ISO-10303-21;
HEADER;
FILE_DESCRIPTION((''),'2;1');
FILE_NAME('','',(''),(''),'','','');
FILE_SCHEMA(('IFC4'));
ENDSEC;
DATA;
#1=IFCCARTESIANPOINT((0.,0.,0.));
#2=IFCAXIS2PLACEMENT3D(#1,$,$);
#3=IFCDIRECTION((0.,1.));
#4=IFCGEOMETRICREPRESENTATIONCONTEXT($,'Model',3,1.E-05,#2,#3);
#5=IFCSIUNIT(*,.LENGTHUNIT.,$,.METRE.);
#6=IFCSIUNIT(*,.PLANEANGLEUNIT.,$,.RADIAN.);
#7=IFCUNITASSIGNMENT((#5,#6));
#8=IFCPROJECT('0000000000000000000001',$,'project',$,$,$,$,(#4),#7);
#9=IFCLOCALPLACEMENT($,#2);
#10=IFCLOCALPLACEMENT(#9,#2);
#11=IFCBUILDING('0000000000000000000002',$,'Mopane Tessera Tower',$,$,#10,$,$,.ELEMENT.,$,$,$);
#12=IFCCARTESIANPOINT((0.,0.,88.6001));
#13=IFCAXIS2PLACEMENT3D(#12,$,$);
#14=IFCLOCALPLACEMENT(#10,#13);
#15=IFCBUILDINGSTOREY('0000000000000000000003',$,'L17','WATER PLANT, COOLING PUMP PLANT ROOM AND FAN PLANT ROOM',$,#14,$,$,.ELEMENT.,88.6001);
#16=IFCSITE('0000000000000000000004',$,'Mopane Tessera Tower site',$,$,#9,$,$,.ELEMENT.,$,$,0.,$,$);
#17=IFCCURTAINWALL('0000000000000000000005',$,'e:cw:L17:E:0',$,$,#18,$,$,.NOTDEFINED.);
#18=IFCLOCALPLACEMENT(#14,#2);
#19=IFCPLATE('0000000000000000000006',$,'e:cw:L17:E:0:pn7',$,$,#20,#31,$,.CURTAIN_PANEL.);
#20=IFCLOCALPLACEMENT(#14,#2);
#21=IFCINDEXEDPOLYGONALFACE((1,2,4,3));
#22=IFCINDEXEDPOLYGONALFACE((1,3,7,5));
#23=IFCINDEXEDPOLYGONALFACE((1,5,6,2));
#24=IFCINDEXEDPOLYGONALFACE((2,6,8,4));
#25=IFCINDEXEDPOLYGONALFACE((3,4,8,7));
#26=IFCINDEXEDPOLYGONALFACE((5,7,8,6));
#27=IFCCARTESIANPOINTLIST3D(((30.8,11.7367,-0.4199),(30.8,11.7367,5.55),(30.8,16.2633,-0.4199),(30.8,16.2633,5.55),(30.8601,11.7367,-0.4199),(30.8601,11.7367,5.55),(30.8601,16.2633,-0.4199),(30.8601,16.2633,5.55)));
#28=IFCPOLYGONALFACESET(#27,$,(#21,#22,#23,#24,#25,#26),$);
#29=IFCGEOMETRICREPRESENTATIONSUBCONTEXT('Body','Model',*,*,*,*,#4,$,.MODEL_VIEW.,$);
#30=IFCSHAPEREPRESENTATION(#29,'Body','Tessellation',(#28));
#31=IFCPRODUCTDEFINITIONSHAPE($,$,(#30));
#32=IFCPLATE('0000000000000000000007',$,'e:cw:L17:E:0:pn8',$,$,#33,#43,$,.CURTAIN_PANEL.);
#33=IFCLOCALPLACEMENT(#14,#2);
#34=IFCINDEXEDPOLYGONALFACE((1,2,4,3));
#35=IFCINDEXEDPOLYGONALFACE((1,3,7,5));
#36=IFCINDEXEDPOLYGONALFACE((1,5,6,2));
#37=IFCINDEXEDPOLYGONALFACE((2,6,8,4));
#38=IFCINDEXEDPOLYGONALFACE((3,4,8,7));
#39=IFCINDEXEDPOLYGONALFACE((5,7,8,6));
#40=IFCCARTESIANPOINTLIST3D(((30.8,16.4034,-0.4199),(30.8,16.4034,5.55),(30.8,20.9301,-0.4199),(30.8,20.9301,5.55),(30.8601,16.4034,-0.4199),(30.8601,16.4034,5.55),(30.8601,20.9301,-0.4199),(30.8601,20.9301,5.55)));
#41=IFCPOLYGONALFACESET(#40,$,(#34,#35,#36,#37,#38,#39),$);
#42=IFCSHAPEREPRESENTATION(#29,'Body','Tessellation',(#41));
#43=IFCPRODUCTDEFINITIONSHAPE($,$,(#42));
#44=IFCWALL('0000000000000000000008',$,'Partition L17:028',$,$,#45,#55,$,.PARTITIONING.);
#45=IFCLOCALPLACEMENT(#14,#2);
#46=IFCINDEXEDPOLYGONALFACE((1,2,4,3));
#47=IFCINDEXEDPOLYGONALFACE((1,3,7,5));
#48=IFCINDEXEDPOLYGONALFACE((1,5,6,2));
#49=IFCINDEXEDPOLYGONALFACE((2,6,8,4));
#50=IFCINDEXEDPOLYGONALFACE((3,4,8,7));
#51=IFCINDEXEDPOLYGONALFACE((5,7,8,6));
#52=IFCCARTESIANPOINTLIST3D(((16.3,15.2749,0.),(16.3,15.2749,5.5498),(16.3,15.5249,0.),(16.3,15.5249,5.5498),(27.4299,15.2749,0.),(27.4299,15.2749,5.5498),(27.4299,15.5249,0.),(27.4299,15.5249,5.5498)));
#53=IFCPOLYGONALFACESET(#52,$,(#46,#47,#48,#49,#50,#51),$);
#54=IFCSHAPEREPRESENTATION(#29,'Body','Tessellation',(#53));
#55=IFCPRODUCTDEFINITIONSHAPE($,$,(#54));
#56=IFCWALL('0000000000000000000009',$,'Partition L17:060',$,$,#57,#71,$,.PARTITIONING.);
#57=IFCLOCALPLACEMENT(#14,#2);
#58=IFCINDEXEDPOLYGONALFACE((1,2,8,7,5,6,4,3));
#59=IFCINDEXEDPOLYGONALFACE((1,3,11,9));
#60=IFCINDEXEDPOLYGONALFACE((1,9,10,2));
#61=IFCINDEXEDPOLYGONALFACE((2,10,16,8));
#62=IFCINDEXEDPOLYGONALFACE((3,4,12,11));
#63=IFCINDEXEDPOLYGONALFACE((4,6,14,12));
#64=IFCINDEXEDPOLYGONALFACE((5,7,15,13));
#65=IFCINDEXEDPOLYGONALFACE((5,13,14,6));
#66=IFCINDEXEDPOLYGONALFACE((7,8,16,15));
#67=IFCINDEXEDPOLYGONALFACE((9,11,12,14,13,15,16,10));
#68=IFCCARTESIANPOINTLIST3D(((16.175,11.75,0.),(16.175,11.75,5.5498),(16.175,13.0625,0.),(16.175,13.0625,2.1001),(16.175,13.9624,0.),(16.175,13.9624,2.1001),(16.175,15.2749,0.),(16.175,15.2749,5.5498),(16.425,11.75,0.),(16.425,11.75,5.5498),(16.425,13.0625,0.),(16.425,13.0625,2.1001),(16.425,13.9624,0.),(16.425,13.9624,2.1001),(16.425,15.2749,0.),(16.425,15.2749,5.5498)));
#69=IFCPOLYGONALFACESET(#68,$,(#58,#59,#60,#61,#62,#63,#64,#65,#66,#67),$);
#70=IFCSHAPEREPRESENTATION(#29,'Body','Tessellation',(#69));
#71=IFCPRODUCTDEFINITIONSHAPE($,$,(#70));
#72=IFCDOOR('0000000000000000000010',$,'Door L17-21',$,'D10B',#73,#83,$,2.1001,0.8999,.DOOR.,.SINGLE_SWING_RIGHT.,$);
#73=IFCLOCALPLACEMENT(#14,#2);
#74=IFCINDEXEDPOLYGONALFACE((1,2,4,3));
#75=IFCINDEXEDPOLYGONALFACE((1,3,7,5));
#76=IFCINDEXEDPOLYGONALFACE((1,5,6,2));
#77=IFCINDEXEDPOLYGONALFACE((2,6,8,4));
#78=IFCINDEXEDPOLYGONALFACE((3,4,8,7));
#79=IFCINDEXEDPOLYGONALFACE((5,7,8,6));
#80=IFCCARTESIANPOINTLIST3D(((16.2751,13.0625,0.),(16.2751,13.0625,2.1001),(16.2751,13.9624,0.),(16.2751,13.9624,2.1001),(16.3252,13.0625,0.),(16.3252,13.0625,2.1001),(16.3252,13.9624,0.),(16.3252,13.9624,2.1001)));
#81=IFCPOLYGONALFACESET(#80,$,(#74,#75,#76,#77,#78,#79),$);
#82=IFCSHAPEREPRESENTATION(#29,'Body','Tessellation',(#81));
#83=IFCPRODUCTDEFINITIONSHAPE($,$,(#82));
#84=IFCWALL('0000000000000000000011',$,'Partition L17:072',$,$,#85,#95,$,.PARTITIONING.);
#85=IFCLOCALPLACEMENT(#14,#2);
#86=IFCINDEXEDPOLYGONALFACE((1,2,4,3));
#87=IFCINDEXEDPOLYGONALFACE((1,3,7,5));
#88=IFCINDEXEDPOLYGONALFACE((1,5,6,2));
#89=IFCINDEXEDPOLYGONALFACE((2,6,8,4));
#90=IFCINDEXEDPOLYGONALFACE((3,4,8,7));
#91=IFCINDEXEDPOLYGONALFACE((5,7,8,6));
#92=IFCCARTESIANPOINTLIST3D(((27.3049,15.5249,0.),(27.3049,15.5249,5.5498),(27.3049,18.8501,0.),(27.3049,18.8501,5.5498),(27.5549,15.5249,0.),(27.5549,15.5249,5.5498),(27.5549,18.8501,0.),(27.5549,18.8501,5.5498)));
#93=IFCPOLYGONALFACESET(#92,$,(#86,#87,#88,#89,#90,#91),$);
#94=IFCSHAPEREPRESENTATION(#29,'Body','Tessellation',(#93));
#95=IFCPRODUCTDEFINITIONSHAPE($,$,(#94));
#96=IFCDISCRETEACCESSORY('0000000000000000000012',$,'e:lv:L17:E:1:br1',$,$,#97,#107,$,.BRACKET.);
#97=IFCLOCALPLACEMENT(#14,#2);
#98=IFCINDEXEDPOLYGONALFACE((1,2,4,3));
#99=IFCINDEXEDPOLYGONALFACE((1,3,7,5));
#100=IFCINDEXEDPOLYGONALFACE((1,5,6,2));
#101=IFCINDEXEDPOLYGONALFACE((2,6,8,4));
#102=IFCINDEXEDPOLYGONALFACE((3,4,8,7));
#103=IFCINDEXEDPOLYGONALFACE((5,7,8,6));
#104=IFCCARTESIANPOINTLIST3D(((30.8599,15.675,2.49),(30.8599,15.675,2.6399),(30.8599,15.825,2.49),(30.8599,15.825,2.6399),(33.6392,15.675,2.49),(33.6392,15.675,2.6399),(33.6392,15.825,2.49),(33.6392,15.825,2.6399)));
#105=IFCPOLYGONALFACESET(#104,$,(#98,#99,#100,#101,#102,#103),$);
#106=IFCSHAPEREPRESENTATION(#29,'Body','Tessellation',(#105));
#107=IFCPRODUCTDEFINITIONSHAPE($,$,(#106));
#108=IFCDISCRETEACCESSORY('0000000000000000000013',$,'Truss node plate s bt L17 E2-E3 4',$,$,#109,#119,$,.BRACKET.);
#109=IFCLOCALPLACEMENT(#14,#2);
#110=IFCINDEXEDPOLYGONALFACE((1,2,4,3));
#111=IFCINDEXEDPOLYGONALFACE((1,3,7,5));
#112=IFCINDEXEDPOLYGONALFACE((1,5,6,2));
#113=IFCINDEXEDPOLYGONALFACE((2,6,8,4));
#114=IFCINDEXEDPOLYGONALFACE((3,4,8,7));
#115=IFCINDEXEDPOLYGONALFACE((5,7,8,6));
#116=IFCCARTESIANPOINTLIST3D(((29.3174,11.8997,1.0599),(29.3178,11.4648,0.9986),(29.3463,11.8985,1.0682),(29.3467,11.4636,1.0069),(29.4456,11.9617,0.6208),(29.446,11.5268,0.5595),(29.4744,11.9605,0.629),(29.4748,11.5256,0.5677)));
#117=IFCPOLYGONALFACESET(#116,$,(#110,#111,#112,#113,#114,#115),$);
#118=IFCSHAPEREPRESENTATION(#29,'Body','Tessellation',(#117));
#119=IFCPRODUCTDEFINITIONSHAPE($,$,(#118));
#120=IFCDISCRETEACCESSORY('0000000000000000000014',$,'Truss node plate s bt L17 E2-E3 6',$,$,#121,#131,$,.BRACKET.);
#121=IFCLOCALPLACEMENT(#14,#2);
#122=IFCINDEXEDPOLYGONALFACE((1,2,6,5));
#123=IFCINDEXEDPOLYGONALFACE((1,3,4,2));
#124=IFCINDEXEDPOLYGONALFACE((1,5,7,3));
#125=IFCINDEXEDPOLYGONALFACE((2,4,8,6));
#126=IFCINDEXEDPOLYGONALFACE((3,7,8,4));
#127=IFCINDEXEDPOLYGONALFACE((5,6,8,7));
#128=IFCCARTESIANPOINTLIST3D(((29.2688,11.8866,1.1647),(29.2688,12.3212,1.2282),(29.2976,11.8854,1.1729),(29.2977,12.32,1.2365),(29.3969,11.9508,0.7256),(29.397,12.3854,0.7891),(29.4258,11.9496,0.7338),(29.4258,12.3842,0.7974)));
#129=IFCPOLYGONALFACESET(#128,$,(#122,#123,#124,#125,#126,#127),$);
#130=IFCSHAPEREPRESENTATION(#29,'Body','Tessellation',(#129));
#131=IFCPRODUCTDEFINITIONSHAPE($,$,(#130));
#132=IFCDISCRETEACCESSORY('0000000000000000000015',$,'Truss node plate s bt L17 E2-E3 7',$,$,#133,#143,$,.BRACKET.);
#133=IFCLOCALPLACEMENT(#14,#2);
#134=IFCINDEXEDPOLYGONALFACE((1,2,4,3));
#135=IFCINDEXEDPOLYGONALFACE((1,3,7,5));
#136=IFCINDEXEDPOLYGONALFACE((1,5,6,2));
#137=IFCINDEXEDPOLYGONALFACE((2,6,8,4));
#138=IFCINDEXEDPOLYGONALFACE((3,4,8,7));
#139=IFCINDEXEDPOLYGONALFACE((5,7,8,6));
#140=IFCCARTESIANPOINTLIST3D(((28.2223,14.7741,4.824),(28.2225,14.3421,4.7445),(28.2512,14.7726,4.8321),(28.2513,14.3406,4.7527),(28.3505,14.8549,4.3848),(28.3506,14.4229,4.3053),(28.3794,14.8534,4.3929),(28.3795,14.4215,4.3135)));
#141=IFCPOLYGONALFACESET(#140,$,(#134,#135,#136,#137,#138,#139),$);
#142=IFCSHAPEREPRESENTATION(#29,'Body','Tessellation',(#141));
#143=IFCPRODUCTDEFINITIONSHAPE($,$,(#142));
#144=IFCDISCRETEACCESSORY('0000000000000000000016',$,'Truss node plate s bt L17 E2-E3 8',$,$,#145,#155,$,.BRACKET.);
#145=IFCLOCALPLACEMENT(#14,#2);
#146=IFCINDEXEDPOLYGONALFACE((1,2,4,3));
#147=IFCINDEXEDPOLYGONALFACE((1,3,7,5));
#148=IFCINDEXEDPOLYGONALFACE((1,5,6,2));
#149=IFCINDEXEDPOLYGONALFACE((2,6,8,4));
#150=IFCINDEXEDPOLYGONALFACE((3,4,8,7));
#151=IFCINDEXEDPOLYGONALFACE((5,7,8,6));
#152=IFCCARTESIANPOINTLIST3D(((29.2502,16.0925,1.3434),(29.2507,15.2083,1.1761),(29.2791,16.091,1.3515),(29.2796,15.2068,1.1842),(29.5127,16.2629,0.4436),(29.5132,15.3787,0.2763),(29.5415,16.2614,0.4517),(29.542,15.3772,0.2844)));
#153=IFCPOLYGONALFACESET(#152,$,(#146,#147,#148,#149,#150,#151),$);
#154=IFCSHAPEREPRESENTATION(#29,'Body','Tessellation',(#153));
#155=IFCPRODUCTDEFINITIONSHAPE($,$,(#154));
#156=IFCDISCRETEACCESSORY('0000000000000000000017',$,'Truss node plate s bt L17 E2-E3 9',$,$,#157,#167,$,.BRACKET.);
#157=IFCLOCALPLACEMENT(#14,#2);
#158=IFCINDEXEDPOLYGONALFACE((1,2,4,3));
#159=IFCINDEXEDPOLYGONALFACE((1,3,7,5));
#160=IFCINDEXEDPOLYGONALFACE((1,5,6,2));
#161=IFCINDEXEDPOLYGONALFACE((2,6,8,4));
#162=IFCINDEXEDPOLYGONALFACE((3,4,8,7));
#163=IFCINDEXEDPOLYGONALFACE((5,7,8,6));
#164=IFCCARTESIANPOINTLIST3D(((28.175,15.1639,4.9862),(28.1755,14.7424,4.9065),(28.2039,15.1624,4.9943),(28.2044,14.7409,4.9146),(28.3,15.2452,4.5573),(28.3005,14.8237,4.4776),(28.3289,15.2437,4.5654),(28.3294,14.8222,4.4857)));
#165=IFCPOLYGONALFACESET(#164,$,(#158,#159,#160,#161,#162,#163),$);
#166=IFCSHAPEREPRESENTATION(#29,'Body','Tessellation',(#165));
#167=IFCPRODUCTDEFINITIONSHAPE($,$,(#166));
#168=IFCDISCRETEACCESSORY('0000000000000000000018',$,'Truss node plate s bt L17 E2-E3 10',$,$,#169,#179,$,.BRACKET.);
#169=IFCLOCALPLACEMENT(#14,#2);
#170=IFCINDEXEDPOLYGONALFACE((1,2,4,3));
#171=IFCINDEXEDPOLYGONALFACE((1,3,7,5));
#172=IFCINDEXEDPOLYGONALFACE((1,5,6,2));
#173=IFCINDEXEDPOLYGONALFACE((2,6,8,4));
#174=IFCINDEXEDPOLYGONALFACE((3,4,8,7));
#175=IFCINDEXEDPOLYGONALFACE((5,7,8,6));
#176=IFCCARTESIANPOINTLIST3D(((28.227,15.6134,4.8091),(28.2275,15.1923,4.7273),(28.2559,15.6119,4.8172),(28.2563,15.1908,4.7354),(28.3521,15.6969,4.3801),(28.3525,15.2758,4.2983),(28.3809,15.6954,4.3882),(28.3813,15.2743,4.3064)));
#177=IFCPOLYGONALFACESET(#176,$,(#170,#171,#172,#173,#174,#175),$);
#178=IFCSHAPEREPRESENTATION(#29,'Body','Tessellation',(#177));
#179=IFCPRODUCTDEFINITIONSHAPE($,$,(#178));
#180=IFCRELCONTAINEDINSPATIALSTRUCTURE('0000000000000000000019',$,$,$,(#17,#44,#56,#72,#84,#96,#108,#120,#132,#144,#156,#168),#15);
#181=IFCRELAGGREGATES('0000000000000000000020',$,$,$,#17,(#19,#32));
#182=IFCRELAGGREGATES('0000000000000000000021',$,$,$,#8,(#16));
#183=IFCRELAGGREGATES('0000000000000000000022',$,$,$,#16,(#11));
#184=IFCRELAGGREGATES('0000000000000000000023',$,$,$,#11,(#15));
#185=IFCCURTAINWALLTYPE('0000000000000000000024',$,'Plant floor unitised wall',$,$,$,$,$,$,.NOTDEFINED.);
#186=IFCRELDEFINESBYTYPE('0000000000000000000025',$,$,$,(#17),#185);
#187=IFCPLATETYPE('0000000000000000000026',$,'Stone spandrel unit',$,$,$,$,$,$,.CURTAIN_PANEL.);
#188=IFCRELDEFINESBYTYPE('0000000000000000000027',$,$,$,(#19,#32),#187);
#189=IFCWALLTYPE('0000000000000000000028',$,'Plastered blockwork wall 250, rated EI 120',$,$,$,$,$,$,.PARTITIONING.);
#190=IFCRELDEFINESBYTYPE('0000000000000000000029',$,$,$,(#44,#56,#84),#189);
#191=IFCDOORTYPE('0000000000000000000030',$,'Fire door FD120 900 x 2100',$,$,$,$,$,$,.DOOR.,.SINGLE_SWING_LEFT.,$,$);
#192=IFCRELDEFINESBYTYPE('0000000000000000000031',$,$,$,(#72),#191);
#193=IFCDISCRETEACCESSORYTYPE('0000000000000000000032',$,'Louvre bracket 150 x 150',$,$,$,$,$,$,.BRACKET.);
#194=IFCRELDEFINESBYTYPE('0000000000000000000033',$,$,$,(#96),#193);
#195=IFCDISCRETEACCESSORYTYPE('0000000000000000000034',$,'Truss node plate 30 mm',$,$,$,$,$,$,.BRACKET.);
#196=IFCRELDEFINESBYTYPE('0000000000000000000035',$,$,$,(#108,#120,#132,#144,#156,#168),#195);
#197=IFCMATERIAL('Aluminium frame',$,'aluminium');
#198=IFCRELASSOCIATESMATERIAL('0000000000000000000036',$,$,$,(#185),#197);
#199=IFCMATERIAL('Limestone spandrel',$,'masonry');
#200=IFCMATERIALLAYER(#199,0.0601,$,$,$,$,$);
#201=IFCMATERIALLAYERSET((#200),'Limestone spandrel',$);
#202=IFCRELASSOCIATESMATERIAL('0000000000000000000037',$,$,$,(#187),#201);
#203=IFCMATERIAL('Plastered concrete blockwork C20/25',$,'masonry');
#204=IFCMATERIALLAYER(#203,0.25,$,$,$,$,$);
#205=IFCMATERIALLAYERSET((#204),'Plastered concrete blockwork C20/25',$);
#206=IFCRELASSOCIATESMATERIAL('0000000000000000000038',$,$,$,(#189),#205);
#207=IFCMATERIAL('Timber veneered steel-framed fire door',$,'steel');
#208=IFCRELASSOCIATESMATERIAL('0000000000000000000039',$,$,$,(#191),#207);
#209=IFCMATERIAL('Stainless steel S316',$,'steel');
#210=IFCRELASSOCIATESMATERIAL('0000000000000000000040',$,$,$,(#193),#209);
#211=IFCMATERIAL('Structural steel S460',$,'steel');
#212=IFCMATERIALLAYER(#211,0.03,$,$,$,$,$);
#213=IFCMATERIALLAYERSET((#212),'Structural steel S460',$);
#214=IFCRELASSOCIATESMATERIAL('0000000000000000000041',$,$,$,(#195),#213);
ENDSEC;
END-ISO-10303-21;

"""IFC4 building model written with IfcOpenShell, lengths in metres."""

from ifc_helpers import new_model, si_unit, direction, frame, frame_2d, origin, origin_2d, place, context, subcontext, project, spatial, rectangle, extrude, material, layer, layer_set, type_object, element, fill, aggregate, save


model = new_model("IFC4")

# Units and contexts
model_context = context("Model", 3, precision=1e-05, world=origin(), true_north=direction((0.0, 1.0)))
body_context = subcontext(model_context, "Body", "Model", "MODEL_VIEW")
ifc_project = project(units=[si_unit("LENGTHUNIT", "METRE"), si_unit("PLANEANGLEUNIT", "RADIAN")], contexts=[model_context])

# Site, building, storey
site_placement = place(None, origin())
site = spatial("IfcSite", under=ifc_project, at=site_placement, Name="Mopane Tessera Tower site", CompositionType="ELEMENT", RefElevation=0.0)
building_placement = place(site_placement, origin())
building = spatial("IfcBuilding", under=site, at=building_placement, Name="Mopane Tessera Tower", CompositionType="ELEMENT")
storey_placement = place(building_placement, frame((0.0, 0.0, 88.6001)))
storey = spatial("IfcBuildingStorey", under=building, at=storey_placement, Name="L17", Description="WATER PLANT, COOLING PUMP PLANT ROOM AND FAN PLANT ROOM", CompositionType="ELEMENT", Elevation=88.6001)

# Curtain wall
ifc_material_1 = material(Name="Aluminium frame", Category="aluminium")
curtain_wall_type = type_object("IfcCurtainWallType", Name="Plant floor unitised wall", PredefinedType="NOTDEFINED", material=ifc_material_1)
curtain_wall_placement = place(storey_placement, origin())
curtain_wall = element("IfcCurtainWall", 1, at=curtain_wall_placement, inside=storey, type_object=curtain_wall_type, Name="e:cw:L17:E:0", PredefinedType="NOTDEFINED")

# Plates
ifc_material_2 = material(Name="Limestone spandrel", Category="masonry")
ifc_layer_1 = layer(ifc_material_2, 0.0601)
ifc_layer_set_1 = layer_set([ifc_layer_1], Name="Limestone spandrel")
plate_type = type_object("IfcPlateType", Name="Stone spandrel unit", PredefinedType="CURTAIN_PANEL", material=ifc_layer_set_1)
plate_1_placement = place(storey_placement, frame((30.8301, 14.0, -0.4199), z_axis=(0.0, 0.0, 1.0), x_axis=(0.0, 1.0, 0.0)))
plate_1 = element("IfcPlate", 2, at=plate_1_placement, type_object=plate_type, Name="e:cw:L17:E:0:pn7", PredefinedType="CURTAIN_PANEL", context=body_context, shape_type="SweptSolid", body=[
    extrude(rectangle(XDim=4.5266, YDim=0.0601, at=origin_2d()), origin(), (0.0, 0.0, 1.0), 5.97),
])
plate_2_placement = place(storey_placement, frame((30.8301, 18.6667, -0.4199), z_axis=(0.0, 0.0, 1.0), x_axis=(0.0, 1.0, 0.0)))
plate_2 = element("IfcPlate", 3, at=plate_2_placement, type_object=plate_type, Name="e:cw:L17:E:0:pn8", PredefinedType="CURTAIN_PANEL", context=body_context, shape_type="SweptSolid", body=[
    extrude(rectangle(XDim=4.5266, YDim=0.0601, at=origin_2d()), origin(), (0.0, 0.0, 1.0), 5.97),
])
aggregate(curtain_wall, [plate_1, plate_2])

# Wall
ifc_material_3 = material(Name="Plastered concrete blockwork C20/25", Category="masonry")
ifc_layer_2 = layer(ifc_material_3, 0.25)
ifc_layer_set_2 = layer_set([ifc_layer_2], Name="Plastered concrete blockwork C20/25")
wall_type = type_object("IfcWallType", Name="Plastered blockwork wall 250, rated EI 120", PredefinedType="PARTITIONING", material=ifc_layer_set_2)
wall_1_placement = place(storey_placement, frame((16.3, 15.3999, 0.0), z_axis=(0.0, 0.0, 1.0), x_axis=(1.0, 0.0, 0.0)))
element("IfcWall", 4, at=wall_1_placement, inside=storey, type_object=wall_type, Name="Partition L17:028", PredefinedType="PARTITIONING", context=body_context, shape_type="SweptSolid", body=[
    extrude(rectangle(XDim=11.1299, YDim=0.25, at=frame_2d((5.5649, 0.0))), origin(), (0.0, 0.0, 1.0), 5.5498),
])

# Wall, opening, door
wall_2_placement = place(storey_placement, frame((16.3, 11.75, 0.0), z_axis=(0.0, 0.0, 1.0), x_axis=(0.0, 1.0, 0.0)))
wall_2 = element("IfcWall", 5, at=wall_2_placement, inside=storey, type_object=wall_type, Name="Partition L17:060", PredefinedType="PARTITIONING", context=body_context, shape_type="SweptSolid", body=[
    extrude(rectangle(XDim=3.5249, YDim=0.25, at=frame_2d((1.7625, 0.0))), origin(), (0.0, 0.0, 1.0), 5.5498),
])
opening_placement = place(wall_2_placement, frame((1.3125, 0.0, 0.0)))
opening = element("IfcOpeningElement", 6, at=opening_placement, cuts=wall_2, PredefinedType="OPENING", context=body_context, shape_type="SweptSolid", body=[
    extrude(rectangle(XDim=0.8999, YDim=2.1001, at=frame_2d((0.45, 1.05))), frame((0.0, 0.137, 0.0), z_axis=(0.0, -1.0, 0.0), x_axis=(1.0, 0.0, 0.0)), (0.0, 0.0, 1.0), 0.2739),
])
ifc_material_4 = material(Name="Timber veneered steel-framed fire door", Category="steel")
door_type = type_object("IfcDoorType", Name="Fire door FD120 900 x 2100", OperationType="SINGLE_SWING_LEFT", PredefinedType="DOOR", material=ifc_material_4)
door_placement = place(opening_placement, origin())
door = element("IfcDoor", 7, at=door_placement, inside=storey, type_object=door_type, Name="Door L17-21", ObjectType="D10B", OperationType="SINGLE_SWING_RIGHT", OverallHeight=2.1001, OverallWidth=0.8999, PredefinedType="DOOR", context=body_context, shape_type="SweptSolid", body=[
    extrude(rectangle(XDim=0.8999, YDim=2.1001, at=frame_2d((0.45, 1.05))), frame((0.0, 0.0249, 0.0), z_axis=(0.0, -1.0, 0.0), x_axis=(1.0, 0.0, 0.0)), (0.0, 0.0, 1.0), 0.05),
])
fill(opening, door)

# Wall
wall_3_placement = place(storey_placement, frame((27.4299, 15.5249, 0.0), z_axis=(0.0, 0.0, 1.0), x_axis=(0.0, 1.0, 0.0)))
element("IfcWall", 8, at=wall_3_placement, inside=storey, type_object=wall_type, Name="Partition L17:072", PredefinedType="PARTITIONING", context=body_context, shape_type="SweptSolid", body=[
    extrude(rectangle(XDim=3.3252, YDim=0.25, at=frame_2d((1.6626, 0.0))), origin(), (0.0, 0.0, 1.0), 5.5498),
])

# Discrete accessories
ifc_material_5 = material(Name="Stainless steel S316", Category="steel")
discrete_accessory_type_1 = type_object("IfcDiscreteAccessoryType", Name="Louvre bracket 150 x 150", PredefinedType="BRACKET", material=ifc_material_5)
discrete_accessory_1_placement = place(storey_placement, frame((32.2495, 15.75, 2.49), z_axis=(0.0, 0.0, 1.0), x_axis=(1.0, 0.0, 0.0)))
element("IfcDiscreteAccessory", 9, at=discrete_accessory_1_placement, inside=storey, type_object=discrete_accessory_type_1, Name="e:lv:L17:E:1:br1", PredefinedType="BRACKET", context=body_context, shape_type="SweptSolid", body=[
    extrude(rectangle(XDim=2.7793, YDim=0.1499, at=origin_2d()), origin(), (0.0, 0.0, 1.0), 0.1499),
])
ifc_material_6 = material(Name="Structural steel S460", Category="steel")
ifc_layer_3 = layer(ifc_material_6, 0.03)
ifc_layer_set_3 = layer_set([ifc_layer_3], Name="Structural steel S460")
discrete_accessory_type_2 = type_object("IfcDiscreteAccessoryType", Name="Truss node plate 30 mm", PredefinedType="BRACKET", material=ifc_layer_set_3)
discrete_accessory_2_placement = place(storey_placement, frame((29.4602, 11.7437, 0.5942), z_axis=(-0.277605, -0.134308, 0.951261), x_axis=(-0.960695, 0.037892, -0.275008)))
element("IfcDiscreteAccessory", 10, at=discrete_accessory_2_placement, inside=storey, type_object=discrete_accessory_type_2, Name="Truss node plate s bt L17 E2-E3 4", PredefinedType="BRACKET", context=body_context, shape_type="SweptSolid", body=[
    extrude(rectangle(XDim=0.03, YDim=0.4392, at=origin_2d()), origin(), (0.0, 0.0, 1.0), 0.4617),
])
discrete_accessory_3_placement = place(storey_placement, frame((29.4114, 12.1675, 0.7615), z_axis=(-0.277425, -0.138977, 0.950642), x_axis=(-0.960747, 0.040291, -0.274484)))
element("IfcDiscreteAccessory", 11, at=discrete_accessory_3_placement, inside=storey, type_object=discrete_accessory_type_2, Name="Truss node plate s bt L17 E2-E3 6", PredefinedType="BRACKET", context=body_context, shape_type="SweptSolid", body=[
    extrude(rectangle(XDim=0.03, YDim=0.4392, at=origin_2d()), origin(), (0.0, 0.0, 1.0), 0.4619),
])
discrete_accessory_4_placement = place(storey_placement, frame((28.365, 14.6382, 4.3491), z_axis=(-0.275873, -0.173932, 0.945326), x_axis=(-0.961194, 0.049613, -0.271376)))
element("IfcDiscreteAccessory", 12, at=discrete_accessory_4_placement, inside=storey, type_object=discrete_accessory_type_2, Name="Truss node plate s bt L17 E2-E3 7", PredefinedType="BRACKET", context=body_context, shape_type="SweptSolid", body=[
    extrude(rectangle(XDim=0.03, YDim=0.4392, at=origin_2d()), origin(), (0.0, 0.0, 1.0), 0.4646),
])
discrete_accessory_5_placement = place(storey_placement, frame((29.5273, 15.8201, 0.364), z_axis=(-0.275465, -0.17886, 0.944525), x_axis=(-0.961311, 0.050689, -0.270762)))
element("IfcDiscreteAccessory", 13, at=discrete_accessory_5_placement, inside=storey, type_object=discrete_accessory_type_2, Name="Truss node plate s bt L17 E2-E3 8", PredefinedType="BRACKET", context=body_context, shape_type="SweptSolid", body=[
    extrude(rectangle(XDim=0.03, YDim=0.8999, at=origin_2d()), origin(), (0.0, 0.0, 1.0), 0.9526),
])
discrete_accessory_6_placement = place(storey_placement, frame((28.3147, 15.0337, 4.5215), z_axis=(-0.27525, -0.17902, 0.944558), x_axis=(-0.961372, 0.049939, -0.270685)))
element("IfcDiscreteAccessory", 14, at=discrete_accessory_6_placement, inside=storey, type_object=discrete_accessory_type_2, Name="Truss node plate s bt L17 E2-E3 9", PredefinedType="BRACKET", context=body_context, shape_type="SweptSolid", body=[
    extrude(rectangle(XDim=0.03, YDim=0.429, at=origin_2d()), origin(), (0.0, 0.0, 1.0), 0.4541),
])
discrete_accessory_7_placement = place(storey_placement, frame((28.3667, 15.4856, 4.3433), z_axis=(-0.275008, -0.183697, 0.94373), x_axis=(-0.961441, 0.051558, -0.270134)))
element("IfcDiscreteAccessory", 15, at=discrete_accessory_7_placement, inside=storey, type_object=discrete_accessory_type_2, Name="Truss node plate s bt L17 E2-E3 10", PredefinedType="BRACKET", context=body_context, shape_type="SweptSolid", body=[
    extrude(rectangle(XDim=0.03, YDim=0.429, at=origin_2d()), origin(), (0.0, 0.0, 1.0), 0.4546),
])

save(model, "model.ifc")
